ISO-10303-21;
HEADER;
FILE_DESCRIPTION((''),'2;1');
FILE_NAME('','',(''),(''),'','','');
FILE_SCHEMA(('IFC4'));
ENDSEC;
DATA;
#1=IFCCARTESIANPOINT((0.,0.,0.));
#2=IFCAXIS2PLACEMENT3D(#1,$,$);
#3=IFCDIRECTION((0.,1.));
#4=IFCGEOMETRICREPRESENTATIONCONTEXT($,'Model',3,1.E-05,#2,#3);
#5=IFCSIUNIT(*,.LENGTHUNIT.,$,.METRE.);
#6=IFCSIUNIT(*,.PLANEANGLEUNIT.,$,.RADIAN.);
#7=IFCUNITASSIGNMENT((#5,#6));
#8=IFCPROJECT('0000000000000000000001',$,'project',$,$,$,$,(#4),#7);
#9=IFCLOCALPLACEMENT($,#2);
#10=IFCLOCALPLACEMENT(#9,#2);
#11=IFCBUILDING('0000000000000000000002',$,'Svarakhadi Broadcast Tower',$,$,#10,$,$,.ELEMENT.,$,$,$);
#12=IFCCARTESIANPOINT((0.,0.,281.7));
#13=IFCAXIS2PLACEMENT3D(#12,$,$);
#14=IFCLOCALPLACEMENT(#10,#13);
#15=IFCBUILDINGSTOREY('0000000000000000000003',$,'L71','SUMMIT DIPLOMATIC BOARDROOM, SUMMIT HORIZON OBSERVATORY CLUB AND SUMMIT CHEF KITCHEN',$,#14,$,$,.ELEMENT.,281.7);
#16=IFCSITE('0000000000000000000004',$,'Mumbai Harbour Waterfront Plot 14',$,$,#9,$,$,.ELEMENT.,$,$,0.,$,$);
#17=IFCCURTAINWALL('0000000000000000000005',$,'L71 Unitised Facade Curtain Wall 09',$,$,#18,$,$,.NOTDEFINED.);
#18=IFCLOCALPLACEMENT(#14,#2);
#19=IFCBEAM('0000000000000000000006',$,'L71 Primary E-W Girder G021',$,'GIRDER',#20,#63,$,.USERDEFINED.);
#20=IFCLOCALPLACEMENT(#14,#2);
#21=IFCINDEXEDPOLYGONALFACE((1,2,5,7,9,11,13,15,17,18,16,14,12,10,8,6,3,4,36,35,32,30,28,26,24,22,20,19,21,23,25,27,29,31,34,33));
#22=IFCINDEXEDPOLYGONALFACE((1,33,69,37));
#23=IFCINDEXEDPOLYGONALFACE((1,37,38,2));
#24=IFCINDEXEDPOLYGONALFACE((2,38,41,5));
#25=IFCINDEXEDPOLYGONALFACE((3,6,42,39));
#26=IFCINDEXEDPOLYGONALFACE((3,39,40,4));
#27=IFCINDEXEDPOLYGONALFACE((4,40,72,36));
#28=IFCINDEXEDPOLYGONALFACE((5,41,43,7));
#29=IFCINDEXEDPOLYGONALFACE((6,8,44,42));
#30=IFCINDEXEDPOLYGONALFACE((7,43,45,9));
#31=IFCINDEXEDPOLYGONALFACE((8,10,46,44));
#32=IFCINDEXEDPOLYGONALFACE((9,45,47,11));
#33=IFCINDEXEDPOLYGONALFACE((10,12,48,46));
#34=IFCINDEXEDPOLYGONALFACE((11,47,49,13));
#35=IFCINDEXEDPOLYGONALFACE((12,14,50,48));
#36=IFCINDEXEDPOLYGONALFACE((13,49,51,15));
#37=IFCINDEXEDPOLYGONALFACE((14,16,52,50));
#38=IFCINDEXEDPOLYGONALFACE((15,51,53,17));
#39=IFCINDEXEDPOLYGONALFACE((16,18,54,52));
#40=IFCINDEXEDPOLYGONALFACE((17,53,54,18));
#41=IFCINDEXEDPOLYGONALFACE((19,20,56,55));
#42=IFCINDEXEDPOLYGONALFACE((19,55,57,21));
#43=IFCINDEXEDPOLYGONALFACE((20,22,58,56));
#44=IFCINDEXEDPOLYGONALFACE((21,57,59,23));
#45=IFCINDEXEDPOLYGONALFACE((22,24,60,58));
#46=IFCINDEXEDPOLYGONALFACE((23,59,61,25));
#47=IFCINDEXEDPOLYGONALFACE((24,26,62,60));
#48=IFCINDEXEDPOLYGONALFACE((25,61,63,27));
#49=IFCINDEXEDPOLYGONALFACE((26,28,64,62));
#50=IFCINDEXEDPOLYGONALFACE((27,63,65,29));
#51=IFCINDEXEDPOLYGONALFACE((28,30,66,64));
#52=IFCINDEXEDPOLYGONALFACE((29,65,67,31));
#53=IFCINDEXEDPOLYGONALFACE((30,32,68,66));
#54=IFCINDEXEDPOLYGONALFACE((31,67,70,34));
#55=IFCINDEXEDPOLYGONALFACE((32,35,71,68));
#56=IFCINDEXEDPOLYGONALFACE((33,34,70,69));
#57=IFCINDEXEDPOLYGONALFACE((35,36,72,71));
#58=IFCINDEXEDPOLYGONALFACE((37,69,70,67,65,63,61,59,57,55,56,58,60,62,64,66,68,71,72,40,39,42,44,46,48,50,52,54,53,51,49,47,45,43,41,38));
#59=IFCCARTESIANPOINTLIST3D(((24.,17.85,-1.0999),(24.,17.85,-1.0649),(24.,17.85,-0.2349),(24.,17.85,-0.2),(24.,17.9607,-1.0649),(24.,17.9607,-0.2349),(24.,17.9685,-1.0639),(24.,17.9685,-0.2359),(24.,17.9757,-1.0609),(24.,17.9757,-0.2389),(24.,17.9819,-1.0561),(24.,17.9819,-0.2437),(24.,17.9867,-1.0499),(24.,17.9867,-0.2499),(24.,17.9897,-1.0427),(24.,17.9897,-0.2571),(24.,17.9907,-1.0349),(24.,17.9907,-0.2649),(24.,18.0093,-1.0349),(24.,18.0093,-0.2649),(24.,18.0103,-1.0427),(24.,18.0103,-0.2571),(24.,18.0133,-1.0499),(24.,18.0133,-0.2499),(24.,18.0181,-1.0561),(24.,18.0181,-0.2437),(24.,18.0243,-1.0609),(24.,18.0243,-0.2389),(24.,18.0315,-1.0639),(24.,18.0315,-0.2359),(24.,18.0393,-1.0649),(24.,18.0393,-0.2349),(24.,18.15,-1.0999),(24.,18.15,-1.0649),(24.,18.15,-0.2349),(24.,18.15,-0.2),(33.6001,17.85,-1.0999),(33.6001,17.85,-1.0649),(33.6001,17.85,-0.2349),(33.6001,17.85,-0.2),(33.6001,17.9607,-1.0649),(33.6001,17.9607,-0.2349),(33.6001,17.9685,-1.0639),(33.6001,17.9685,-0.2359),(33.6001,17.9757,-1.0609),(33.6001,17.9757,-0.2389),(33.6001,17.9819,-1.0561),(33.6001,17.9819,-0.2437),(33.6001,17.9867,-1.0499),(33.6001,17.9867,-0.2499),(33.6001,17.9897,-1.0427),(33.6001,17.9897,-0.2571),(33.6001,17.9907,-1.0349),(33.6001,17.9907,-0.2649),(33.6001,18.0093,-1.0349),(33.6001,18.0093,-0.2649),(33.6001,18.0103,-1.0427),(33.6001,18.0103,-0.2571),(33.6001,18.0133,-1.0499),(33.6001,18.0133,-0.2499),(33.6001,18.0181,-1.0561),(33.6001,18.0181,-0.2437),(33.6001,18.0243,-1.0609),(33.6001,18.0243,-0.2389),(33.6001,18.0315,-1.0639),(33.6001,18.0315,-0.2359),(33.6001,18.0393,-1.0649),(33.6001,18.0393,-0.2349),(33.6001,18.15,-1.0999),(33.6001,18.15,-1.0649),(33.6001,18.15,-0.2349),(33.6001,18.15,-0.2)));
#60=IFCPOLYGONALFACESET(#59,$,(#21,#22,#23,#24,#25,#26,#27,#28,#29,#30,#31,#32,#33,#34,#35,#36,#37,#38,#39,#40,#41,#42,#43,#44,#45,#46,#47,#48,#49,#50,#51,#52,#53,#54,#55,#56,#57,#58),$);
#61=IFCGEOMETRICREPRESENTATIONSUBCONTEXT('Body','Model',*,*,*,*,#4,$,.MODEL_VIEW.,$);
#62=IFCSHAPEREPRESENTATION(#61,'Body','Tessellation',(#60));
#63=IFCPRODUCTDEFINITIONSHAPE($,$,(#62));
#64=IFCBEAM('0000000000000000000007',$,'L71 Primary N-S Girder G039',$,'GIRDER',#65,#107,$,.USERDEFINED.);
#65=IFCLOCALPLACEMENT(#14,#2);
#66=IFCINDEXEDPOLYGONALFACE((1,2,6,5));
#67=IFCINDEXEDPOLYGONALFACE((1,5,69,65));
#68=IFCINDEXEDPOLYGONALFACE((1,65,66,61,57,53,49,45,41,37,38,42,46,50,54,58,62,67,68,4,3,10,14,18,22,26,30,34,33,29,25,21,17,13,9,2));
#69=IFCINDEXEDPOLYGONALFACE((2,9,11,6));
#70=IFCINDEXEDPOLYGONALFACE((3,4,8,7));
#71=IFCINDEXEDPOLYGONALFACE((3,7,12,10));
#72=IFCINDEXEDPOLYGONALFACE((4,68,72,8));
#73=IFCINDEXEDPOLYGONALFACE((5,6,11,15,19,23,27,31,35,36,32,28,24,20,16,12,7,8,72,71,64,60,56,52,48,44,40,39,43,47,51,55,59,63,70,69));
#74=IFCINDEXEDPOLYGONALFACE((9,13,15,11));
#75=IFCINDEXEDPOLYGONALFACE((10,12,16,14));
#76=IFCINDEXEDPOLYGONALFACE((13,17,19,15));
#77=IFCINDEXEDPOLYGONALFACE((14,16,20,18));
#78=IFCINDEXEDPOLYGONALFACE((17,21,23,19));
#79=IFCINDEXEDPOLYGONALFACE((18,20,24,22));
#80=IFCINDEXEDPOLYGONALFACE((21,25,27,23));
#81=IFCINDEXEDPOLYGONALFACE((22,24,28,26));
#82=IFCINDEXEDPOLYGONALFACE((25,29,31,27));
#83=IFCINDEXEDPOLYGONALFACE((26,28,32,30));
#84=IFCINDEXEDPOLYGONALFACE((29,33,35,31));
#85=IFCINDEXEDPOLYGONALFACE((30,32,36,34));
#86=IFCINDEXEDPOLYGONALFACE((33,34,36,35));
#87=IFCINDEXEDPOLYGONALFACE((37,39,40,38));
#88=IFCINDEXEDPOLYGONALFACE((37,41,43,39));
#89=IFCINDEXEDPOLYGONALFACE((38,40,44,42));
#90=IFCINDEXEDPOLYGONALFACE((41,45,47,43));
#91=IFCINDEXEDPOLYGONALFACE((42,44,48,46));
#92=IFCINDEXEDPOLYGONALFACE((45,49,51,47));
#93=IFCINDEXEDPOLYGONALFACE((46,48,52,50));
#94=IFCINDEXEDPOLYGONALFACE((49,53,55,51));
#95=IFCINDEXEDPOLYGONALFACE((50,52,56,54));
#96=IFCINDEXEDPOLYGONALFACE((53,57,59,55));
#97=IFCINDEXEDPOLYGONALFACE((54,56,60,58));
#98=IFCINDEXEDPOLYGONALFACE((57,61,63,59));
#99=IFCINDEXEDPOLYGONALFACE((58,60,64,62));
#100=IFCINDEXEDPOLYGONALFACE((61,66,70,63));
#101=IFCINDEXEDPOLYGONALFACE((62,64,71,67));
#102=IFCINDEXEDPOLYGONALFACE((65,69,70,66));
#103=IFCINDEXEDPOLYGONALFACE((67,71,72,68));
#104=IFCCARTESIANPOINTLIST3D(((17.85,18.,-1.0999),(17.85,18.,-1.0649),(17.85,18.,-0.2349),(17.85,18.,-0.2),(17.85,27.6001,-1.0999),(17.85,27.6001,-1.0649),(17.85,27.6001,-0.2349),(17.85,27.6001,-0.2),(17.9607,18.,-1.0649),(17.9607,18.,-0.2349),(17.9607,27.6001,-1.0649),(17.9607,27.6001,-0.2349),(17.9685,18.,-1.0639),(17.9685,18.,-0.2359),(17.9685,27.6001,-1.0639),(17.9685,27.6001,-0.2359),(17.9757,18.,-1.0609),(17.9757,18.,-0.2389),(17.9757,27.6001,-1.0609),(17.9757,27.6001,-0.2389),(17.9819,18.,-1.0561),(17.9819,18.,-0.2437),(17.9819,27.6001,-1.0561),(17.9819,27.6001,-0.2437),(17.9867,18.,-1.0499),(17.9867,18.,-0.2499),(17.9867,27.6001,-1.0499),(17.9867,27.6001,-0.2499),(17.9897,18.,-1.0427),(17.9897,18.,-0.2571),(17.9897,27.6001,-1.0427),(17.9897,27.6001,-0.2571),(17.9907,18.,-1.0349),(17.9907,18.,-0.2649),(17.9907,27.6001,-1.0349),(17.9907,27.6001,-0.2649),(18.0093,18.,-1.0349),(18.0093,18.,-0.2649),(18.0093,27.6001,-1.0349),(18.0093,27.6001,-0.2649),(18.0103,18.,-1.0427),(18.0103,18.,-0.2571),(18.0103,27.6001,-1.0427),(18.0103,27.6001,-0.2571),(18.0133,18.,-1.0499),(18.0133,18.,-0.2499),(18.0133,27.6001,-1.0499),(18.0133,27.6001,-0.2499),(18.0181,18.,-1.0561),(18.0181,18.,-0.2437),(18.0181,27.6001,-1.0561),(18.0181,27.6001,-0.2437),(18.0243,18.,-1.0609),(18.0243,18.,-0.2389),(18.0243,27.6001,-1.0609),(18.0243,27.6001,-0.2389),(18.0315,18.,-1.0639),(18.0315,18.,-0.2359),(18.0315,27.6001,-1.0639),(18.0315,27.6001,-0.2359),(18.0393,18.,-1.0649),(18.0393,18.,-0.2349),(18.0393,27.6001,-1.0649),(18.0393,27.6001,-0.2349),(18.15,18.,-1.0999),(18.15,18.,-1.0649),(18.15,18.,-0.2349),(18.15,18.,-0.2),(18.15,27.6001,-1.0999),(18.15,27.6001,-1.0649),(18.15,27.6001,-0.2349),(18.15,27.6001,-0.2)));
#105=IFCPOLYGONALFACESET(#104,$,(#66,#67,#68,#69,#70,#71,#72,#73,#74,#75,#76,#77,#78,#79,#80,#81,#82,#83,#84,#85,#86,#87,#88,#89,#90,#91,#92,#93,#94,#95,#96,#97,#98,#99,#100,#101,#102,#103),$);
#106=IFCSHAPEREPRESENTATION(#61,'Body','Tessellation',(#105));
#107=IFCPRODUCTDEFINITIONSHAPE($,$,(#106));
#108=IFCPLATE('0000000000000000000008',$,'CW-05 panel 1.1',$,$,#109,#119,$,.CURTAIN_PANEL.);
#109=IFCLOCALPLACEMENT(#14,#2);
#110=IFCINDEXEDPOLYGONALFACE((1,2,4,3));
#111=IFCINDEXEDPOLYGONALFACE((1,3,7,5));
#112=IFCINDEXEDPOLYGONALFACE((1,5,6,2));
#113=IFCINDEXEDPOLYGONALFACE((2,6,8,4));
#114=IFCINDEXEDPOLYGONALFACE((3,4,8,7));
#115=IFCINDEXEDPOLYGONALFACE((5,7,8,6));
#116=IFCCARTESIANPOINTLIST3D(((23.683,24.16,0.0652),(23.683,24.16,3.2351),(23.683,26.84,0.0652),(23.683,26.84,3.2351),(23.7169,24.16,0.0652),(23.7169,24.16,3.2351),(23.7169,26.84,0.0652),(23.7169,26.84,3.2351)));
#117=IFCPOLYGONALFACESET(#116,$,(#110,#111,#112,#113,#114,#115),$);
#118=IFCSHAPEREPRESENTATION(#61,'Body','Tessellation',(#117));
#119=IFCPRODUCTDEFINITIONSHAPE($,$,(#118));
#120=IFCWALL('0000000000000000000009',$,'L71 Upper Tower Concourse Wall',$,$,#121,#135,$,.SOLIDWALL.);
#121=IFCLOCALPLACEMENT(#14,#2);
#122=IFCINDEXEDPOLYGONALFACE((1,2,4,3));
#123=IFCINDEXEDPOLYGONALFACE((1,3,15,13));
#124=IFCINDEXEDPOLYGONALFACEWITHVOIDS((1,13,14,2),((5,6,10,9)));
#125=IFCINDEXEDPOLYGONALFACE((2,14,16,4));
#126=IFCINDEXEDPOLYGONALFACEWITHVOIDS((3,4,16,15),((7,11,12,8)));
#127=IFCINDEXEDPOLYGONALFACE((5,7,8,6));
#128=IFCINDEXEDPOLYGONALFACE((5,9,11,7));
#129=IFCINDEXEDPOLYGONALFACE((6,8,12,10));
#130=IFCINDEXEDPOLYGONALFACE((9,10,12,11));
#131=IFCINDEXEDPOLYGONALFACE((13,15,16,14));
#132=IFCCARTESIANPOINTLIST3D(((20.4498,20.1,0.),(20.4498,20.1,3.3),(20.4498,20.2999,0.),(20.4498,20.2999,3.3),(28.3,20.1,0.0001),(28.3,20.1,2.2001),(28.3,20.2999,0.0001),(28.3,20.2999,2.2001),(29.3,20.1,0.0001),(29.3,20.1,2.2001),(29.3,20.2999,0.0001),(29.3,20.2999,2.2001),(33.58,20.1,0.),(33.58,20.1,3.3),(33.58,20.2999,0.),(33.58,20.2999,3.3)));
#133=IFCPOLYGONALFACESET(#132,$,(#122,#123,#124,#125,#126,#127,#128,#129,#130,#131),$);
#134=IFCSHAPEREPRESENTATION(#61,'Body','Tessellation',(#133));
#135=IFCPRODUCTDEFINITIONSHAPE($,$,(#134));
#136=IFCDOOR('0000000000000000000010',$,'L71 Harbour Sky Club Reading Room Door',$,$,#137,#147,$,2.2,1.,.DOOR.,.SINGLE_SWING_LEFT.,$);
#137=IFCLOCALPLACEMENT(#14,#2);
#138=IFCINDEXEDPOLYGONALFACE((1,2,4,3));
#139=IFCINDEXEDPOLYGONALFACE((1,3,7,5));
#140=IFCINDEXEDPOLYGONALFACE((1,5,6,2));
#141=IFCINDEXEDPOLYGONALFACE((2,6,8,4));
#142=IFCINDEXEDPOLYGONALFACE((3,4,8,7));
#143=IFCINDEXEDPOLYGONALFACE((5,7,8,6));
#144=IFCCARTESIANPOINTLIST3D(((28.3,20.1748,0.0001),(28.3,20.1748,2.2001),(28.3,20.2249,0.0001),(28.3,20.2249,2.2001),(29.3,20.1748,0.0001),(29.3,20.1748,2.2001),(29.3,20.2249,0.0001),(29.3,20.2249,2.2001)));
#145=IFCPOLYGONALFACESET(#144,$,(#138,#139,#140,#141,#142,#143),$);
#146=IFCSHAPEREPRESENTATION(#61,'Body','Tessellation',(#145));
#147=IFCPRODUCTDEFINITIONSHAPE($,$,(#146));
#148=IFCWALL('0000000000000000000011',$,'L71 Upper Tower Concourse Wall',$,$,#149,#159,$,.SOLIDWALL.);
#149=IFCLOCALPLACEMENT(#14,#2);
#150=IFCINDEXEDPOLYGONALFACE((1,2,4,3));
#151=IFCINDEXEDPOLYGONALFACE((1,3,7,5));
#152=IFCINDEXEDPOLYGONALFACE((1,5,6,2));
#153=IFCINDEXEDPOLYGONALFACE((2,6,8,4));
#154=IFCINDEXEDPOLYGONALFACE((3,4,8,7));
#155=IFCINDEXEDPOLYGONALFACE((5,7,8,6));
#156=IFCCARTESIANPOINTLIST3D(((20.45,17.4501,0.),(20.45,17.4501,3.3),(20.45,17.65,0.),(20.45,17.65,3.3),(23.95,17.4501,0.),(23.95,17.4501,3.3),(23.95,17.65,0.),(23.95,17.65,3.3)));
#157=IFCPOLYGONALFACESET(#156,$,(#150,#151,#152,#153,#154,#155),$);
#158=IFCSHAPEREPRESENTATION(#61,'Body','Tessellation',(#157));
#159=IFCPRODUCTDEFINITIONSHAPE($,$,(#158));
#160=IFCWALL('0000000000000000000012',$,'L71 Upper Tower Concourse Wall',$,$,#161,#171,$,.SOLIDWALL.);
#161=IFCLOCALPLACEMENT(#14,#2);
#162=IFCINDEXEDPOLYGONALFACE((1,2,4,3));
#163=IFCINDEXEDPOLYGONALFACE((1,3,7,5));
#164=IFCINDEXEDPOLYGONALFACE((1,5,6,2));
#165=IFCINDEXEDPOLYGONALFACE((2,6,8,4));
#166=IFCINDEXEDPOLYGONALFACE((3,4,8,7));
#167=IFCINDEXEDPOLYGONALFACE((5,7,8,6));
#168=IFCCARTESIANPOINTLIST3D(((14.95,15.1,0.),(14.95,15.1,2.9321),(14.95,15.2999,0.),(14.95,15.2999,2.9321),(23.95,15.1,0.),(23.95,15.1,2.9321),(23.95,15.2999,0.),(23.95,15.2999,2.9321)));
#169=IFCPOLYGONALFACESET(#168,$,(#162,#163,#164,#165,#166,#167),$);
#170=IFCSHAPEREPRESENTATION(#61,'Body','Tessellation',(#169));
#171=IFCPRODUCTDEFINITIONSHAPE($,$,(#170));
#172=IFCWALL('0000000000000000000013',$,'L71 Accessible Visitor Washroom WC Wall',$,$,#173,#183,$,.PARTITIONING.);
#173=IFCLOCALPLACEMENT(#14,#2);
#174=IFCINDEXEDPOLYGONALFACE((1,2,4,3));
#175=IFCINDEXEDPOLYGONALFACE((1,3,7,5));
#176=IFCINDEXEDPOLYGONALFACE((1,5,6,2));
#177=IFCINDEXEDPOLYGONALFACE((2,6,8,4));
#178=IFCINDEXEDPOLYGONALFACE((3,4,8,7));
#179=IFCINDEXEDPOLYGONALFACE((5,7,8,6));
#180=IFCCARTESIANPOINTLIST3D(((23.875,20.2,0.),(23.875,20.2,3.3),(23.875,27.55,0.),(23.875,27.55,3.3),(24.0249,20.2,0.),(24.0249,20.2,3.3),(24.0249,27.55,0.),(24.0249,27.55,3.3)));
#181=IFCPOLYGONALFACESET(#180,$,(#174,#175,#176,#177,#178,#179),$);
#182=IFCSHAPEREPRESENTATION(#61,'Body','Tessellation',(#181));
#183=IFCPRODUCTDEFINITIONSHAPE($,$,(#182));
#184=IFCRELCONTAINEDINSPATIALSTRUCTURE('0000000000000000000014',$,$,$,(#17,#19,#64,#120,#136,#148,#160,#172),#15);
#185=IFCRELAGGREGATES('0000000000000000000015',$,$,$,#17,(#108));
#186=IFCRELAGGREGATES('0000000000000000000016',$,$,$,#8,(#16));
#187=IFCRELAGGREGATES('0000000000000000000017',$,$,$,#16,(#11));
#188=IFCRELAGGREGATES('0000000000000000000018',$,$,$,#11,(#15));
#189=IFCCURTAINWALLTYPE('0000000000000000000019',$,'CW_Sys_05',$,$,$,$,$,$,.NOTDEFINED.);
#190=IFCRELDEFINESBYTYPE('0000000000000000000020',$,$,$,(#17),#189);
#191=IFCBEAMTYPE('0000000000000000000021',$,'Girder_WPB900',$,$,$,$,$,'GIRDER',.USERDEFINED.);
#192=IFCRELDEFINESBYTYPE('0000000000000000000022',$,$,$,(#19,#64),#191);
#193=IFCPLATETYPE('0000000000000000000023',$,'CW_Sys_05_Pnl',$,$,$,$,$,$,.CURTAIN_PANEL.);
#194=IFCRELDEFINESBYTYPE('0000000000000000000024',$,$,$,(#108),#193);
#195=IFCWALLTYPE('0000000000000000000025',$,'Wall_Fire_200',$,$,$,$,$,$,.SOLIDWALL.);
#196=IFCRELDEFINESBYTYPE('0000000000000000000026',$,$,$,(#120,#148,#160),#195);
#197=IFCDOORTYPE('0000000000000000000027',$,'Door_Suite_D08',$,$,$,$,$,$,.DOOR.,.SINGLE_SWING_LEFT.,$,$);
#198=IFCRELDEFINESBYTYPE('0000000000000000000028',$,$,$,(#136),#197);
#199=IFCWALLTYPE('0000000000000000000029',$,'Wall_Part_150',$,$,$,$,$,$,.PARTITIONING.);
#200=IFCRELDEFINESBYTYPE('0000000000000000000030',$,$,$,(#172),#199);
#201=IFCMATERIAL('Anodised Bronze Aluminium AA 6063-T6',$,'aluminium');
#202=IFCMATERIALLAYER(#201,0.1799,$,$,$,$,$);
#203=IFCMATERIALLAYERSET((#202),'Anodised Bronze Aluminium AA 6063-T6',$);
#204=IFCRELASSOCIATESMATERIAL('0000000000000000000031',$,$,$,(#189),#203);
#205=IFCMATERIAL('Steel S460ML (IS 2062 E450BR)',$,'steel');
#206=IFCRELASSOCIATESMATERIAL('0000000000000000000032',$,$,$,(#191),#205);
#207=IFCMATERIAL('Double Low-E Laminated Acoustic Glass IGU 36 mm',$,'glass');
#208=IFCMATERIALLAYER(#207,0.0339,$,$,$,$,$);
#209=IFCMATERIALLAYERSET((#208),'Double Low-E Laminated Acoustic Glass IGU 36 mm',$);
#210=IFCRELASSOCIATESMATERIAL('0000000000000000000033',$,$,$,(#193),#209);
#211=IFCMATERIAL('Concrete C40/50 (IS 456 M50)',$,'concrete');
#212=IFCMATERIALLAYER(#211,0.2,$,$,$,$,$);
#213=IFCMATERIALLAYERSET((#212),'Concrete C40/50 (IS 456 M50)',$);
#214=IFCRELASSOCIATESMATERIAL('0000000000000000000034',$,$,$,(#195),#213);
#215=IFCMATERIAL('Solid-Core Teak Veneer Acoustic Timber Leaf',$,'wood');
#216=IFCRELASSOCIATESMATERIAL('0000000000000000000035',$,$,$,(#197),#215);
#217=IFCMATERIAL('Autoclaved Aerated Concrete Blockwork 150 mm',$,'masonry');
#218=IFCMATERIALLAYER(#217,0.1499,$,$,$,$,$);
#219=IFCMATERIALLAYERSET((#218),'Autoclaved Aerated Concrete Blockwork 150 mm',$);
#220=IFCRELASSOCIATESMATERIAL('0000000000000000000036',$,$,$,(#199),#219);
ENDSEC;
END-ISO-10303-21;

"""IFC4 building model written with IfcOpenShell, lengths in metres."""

from ifc_helpers import new_model, si_unit, direction, frame, frame_2d, origin, origin_2d, place, context, subcontext, project, spatial, rectangle, i_section, extrude, material, layer, layer_set, material_profile, profile_set, type_object, element, fill, aggregate, save


model = new_model("IFC4")

# Units and contexts
model_context = context("Model", 3, precision=1e-05, world=origin(), true_north=direction((0.0, 1.0)))
body_context = subcontext(model_context, "Body", "Model", "MODEL_VIEW")
ifc_project = project(units=[si_unit("LENGTHUNIT", "METRE"), si_unit("PLANEANGLEUNIT", "RADIAN")], contexts=[model_context])

# Site, building, storey
site_placement = place(None, origin())
site = spatial("IfcSite", under=ifc_project, at=site_placement, Name="Mumbai Harbour Waterfront Plot 14", CompositionType="ELEMENT", RefElevation=0.0)
building_placement = place(site_placement, origin())
building = spatial("IfcBuilding", under=site, at=building_placement, Name="Svarakhadi Broadcast Tower", CompositionType="ELEMENT")
storey_placement = place(building_placement, frame((0.0, 0.0, 281.7)))
storey = spatial("IfcBuildingStorey", under=building, at=storey_placement, Name="L71", Description="SUMMIT DIPLOMATIC BOARDROOM, SUMMIT HORIZON OBSERVATORY CLUB AND SUMMIT CHEF KITCHEN", CompositionType="ELEMENT", Elevation=281.7)

# Curtain wall
ifc_material_1 = material(Name="Anodised Bronze Aluminium AA 6063-T6", Category="aluminium")
ifc_layer_1 = layer(ifc_material_1, 0.1799)
ifc_layer_set_1 = layer_set([ifc_layer_1], Name="Anodised Bronze Aluminium AA 6063-T6")
curtain_wall_type = type_object("IfcCurtainWallType", Name="CW_Sys_05", PredefinedType="NOTDEFINED", material=ifc_layer_set_1)
curtain_wall_1_placement = place(storey_placement, origin())
curtain_wall_1 = element("IfcCurtainWall", 1, at=curtain_wall_1_placement, inside=storey, type_object=curtain_wall_type, Name="L71 Unitised Facade Curtain Wall 09", PredefinedType="NOTDEFINED")

# Beams
ifc_material_2 = material(Name="Steel S460ML (IS 2062 E450BR)", Category="steel")
ifc_material_profile_1 = material_profile(ifc_material_2, i_section(OverallWidth=0.3, OverallDepth=0.8999, WebThickness=0.0186, FlangeThickness=0.0349, FilletRadius=0.03, at=origin_2d()), Name="WPB 900x300x291")
ifc_profile_set_1 = profile_set([ifc_material_profile_1], Name="Steel S460ML (IS 2062 E450BR)")
beam_type_1 = type_object("IfcBeamType", Name="Girder_WPB900", ElementType="GIRDER", PredefinedType="USERDEFINED", material=ifc_profile_set_1)
for number, where, z_axis, x_axis, name in (
    (2, (24.0, 18.0, -0.6499), (1.0, 0.0, 0.0), (0.0, 1.0, 0.0), "L71 Primary E-W Girder G021"),
    (3, (18.0, 18.0, -0.6499), (0.0, 1.0, 0.0), (-1.0, 0.0, 0.0), "L71 Primary N-S Girder G039"),
):
    element("IfcBeam", number, at=place(storey_placement, frame(where, z_axis=z_axis, x_axis=x_axis)), inside=storey, type_object=beam_type_1, Name=name, ObjectType="GIRDER", PredefinedType="USERDEFINED", context=body_context, shape_type="SweptSolid", body=[
        extrude(i_section(OverallWidth=0.3, OverallDepth=0.8999, WebThickness=0.0186, FlangeThickness=0.0349, FilletRadius=0.03, at=origin_2d()), origin(), (0.0, 0.0, 1.0), 9.6001),
    ])

# Plate
ifc_material_3 = material(Name="Double Low-E Laminated Acoustic Glass IGU 36 mm", Category="glass")
ifc_layer_2 = layer(ifc_material_3, 0.0339)
ifc_layer_set_2 = layer_set([ifc_layer_2], Name="Double Low-E Laminated Acoustic Glass IGU 36 mm")
plate_type = type_object("IfcPlateType", Name="CW_Sys_05_Pnl", PredefinedType="CURTAIN_PANEL", material=ifc_layer_set_2)
plate_placement = place(storey_placement, frame((23.7, 25.5, 0.0652), z_axis=(0.0, 0.0, 1.0), x_axis=(0.0, -1.0, 0.0)))
plate = element("IfcPlate", 4, at=plate_placement, type_object=plate_type, Name="CW-05 panel 1.1", PredefinedType="CURTAIN_PANEL", context=body_context, shape_type="SweptSolid", body=[
    extrude(rectangle(XDim=2.6799, YDim=0.0339, at=origin_2d()), origin(), (0.0, 0.0, 1.0), 3.1699),
])
aggregate(curtain_wall_1, [plate])

# Wall, opening, door
ifc_material_4 = material(Name="Concrete C40/50 (IS 456 M50)", Category="concrete")
ifc_layer_3 = layer(ifc_material_4, 0.2)
ifc_layer_set_3 = layer_set([ifc_layer_3], Name="Concrete C40/50 (IS 456 M50)")
wall_type_1 = type_object("IfcWallType", Name="Wall_Fire_200", PredefinedType="SOLIDWALL", material=ifc_layer_set_3)
wall_1_placement = place(storey_placement, frame((20.45, 20.2, 0.0), z_axis=(0.0, 0.0, 1.0), x_axis=(1.0, 0.0, 0.0)))
wall_1 = element("IfcWall", 5, at=wall_1_placement, inside=storey, type_object=wall_type_1, Name="L71 Upper Tower Concourse Wall", PredefinedType="SOLIDWALL", context=body_context, shape_type="SweptSolid", body=[
    extrude(rectangle(XDim=13.1301, YDim=0.2, at=frame_2d((6.5649, 0.0))), origin(), (0.0, 0.0, 1.0), 3.3),
])
opening_1_placement = place(wall_1_placement, frame((7.8501, 0.0, 0.0)))
opening_1 = element("IfcOpeningElement", 6, at=opening_1_placement, cuts=wall_1, PredefinedType="OPENING", context=body_context, shape_type="SweptSolid", body=[
    extrude(rectangle(XDim=1.0, YDim=2.2, at=frame_2d((0.5, 1.1001))), frame((0.0, 0.1099, 0.0), z_axis=(0.0, -1.0, 0.0), x_axis=(1.0, 0.0, 0.0)), (0.0, 0.0, 1.0), 0.22),
])
ifc_material_5 = material(Name="Solid-Core Teak Veneer Acoustic Timber Leaf", Category="wood")
door_type_1 = type_object("IfcDoorType", Name="Door_Suite_D08", OperationType="SINGLE_SWING_LEFT", PredefinedType="DOOR", material=ifc_material_5)
door_1_placement = place(opening_1_placement, origin())
door_1 = element("IfcDoor", 7, at=door_1_placement, inside=storey, type_object=door_type_1, Name="L71 Harbour Sky Club Reading Room Door", OperationType="SINGLE_SWING_LEFT", OverallHeight=2.2, OverallWidth=1.0, PredefinedType="DOOR", context=body_context, shape_type="SweptSolid", body=[
    extrude(rectangle(XDim=1.0, YDim=2.2, at=frame_2d((0.5, 1.1001))), frame((0.0, 0.0249, 0.0), z_axis=(0.0, -1.0, 0.0), x_axis=(1.0, 0.0, 0.0)), (0.0, 0.0, 1.0), 0.05),
])
fill(opening_1, door_1)

# Walls
wall_2_placement = place(storey_placement, frame((20.45, 17.55, 0.0), z_axis=(0.0, 0.0, 1.0), x_axis=(1.0, 0.0, 0.0)))
element("IfcWall", 8, at=wall_2_placement, inside=storey, type_object=wall_type_1, Name="L71 Upper Tower Concourse Wall", PredefinedType="SOLIDWALL", context=body_context, shape_type="SweptSolid", body=[
    extrude(rectangle(XDim=3.5, YDim=0.2, at=frame_2d((1.75, 0.0))), origin(), (0.0, 0.0, 1.0), 3.3),
])
wall_3_placement = place(storey_placement, frame((23.95, 15.2, 0.0), z_axis=(0.0, 0.0, 1.0), x_axis=(-1.0, 0.0, 0.0)))
element("IfcWall", 9, at=wall_3_placement, inside=storey, type_object=wall_type_1, Name="L71 Upper Tower Concourse Wall", PredefinedType="SOLIDWALL", context=body_context, shape_type="SweptSolid", body=[
    extrude(rectangle(XDim=9.0, YDim=0.2, at=frame_2d((4.5, 0.0))), origin(), (0.0, 0.0, 1.0), 2.9321),
])

# Shared definitions
ifc_material_6 = material(Name="Autoclaved Aerated Concrete Blockwork 150 mm", Category="masonry")
ifc_layer_4 = layer(ifc_material_6, 0.1499)
ifc_layer_set_4 = layer_set([ifc_layer_4], Name="Autoclaved Aerated Concrete Blockwork 150 mm")
wall_type_2 = type_object("IfcWallType", Name="Wall_Part_150", PredefinedType="PARTITIONING", material=ifc_layer_set_4)

# Wall
wall_4_placement = place(storey_placement, frame((23.95, 20.2, 0.0), z_axis=(0.0, 0.0, 1.0), x_axis=(0.0, 1.0, 0.0)))
element("IfcWall", 10, at=wall_4_placement, inside=storey, type_object=wall_type_2, Name="L71 Accessible Visitor Washroom WC Wall", PredefinedType="PARTITIONING", context=body_context, shape_type="SweptSolid", body=[
    extrude(rectangle(XDim=7.3501, YDim=0.1499, at=frame_2d((3.675, 0.0))), origin(), (0.0, 0.0, 1.0), 3.3),
])

save(model, "model.ifc")
